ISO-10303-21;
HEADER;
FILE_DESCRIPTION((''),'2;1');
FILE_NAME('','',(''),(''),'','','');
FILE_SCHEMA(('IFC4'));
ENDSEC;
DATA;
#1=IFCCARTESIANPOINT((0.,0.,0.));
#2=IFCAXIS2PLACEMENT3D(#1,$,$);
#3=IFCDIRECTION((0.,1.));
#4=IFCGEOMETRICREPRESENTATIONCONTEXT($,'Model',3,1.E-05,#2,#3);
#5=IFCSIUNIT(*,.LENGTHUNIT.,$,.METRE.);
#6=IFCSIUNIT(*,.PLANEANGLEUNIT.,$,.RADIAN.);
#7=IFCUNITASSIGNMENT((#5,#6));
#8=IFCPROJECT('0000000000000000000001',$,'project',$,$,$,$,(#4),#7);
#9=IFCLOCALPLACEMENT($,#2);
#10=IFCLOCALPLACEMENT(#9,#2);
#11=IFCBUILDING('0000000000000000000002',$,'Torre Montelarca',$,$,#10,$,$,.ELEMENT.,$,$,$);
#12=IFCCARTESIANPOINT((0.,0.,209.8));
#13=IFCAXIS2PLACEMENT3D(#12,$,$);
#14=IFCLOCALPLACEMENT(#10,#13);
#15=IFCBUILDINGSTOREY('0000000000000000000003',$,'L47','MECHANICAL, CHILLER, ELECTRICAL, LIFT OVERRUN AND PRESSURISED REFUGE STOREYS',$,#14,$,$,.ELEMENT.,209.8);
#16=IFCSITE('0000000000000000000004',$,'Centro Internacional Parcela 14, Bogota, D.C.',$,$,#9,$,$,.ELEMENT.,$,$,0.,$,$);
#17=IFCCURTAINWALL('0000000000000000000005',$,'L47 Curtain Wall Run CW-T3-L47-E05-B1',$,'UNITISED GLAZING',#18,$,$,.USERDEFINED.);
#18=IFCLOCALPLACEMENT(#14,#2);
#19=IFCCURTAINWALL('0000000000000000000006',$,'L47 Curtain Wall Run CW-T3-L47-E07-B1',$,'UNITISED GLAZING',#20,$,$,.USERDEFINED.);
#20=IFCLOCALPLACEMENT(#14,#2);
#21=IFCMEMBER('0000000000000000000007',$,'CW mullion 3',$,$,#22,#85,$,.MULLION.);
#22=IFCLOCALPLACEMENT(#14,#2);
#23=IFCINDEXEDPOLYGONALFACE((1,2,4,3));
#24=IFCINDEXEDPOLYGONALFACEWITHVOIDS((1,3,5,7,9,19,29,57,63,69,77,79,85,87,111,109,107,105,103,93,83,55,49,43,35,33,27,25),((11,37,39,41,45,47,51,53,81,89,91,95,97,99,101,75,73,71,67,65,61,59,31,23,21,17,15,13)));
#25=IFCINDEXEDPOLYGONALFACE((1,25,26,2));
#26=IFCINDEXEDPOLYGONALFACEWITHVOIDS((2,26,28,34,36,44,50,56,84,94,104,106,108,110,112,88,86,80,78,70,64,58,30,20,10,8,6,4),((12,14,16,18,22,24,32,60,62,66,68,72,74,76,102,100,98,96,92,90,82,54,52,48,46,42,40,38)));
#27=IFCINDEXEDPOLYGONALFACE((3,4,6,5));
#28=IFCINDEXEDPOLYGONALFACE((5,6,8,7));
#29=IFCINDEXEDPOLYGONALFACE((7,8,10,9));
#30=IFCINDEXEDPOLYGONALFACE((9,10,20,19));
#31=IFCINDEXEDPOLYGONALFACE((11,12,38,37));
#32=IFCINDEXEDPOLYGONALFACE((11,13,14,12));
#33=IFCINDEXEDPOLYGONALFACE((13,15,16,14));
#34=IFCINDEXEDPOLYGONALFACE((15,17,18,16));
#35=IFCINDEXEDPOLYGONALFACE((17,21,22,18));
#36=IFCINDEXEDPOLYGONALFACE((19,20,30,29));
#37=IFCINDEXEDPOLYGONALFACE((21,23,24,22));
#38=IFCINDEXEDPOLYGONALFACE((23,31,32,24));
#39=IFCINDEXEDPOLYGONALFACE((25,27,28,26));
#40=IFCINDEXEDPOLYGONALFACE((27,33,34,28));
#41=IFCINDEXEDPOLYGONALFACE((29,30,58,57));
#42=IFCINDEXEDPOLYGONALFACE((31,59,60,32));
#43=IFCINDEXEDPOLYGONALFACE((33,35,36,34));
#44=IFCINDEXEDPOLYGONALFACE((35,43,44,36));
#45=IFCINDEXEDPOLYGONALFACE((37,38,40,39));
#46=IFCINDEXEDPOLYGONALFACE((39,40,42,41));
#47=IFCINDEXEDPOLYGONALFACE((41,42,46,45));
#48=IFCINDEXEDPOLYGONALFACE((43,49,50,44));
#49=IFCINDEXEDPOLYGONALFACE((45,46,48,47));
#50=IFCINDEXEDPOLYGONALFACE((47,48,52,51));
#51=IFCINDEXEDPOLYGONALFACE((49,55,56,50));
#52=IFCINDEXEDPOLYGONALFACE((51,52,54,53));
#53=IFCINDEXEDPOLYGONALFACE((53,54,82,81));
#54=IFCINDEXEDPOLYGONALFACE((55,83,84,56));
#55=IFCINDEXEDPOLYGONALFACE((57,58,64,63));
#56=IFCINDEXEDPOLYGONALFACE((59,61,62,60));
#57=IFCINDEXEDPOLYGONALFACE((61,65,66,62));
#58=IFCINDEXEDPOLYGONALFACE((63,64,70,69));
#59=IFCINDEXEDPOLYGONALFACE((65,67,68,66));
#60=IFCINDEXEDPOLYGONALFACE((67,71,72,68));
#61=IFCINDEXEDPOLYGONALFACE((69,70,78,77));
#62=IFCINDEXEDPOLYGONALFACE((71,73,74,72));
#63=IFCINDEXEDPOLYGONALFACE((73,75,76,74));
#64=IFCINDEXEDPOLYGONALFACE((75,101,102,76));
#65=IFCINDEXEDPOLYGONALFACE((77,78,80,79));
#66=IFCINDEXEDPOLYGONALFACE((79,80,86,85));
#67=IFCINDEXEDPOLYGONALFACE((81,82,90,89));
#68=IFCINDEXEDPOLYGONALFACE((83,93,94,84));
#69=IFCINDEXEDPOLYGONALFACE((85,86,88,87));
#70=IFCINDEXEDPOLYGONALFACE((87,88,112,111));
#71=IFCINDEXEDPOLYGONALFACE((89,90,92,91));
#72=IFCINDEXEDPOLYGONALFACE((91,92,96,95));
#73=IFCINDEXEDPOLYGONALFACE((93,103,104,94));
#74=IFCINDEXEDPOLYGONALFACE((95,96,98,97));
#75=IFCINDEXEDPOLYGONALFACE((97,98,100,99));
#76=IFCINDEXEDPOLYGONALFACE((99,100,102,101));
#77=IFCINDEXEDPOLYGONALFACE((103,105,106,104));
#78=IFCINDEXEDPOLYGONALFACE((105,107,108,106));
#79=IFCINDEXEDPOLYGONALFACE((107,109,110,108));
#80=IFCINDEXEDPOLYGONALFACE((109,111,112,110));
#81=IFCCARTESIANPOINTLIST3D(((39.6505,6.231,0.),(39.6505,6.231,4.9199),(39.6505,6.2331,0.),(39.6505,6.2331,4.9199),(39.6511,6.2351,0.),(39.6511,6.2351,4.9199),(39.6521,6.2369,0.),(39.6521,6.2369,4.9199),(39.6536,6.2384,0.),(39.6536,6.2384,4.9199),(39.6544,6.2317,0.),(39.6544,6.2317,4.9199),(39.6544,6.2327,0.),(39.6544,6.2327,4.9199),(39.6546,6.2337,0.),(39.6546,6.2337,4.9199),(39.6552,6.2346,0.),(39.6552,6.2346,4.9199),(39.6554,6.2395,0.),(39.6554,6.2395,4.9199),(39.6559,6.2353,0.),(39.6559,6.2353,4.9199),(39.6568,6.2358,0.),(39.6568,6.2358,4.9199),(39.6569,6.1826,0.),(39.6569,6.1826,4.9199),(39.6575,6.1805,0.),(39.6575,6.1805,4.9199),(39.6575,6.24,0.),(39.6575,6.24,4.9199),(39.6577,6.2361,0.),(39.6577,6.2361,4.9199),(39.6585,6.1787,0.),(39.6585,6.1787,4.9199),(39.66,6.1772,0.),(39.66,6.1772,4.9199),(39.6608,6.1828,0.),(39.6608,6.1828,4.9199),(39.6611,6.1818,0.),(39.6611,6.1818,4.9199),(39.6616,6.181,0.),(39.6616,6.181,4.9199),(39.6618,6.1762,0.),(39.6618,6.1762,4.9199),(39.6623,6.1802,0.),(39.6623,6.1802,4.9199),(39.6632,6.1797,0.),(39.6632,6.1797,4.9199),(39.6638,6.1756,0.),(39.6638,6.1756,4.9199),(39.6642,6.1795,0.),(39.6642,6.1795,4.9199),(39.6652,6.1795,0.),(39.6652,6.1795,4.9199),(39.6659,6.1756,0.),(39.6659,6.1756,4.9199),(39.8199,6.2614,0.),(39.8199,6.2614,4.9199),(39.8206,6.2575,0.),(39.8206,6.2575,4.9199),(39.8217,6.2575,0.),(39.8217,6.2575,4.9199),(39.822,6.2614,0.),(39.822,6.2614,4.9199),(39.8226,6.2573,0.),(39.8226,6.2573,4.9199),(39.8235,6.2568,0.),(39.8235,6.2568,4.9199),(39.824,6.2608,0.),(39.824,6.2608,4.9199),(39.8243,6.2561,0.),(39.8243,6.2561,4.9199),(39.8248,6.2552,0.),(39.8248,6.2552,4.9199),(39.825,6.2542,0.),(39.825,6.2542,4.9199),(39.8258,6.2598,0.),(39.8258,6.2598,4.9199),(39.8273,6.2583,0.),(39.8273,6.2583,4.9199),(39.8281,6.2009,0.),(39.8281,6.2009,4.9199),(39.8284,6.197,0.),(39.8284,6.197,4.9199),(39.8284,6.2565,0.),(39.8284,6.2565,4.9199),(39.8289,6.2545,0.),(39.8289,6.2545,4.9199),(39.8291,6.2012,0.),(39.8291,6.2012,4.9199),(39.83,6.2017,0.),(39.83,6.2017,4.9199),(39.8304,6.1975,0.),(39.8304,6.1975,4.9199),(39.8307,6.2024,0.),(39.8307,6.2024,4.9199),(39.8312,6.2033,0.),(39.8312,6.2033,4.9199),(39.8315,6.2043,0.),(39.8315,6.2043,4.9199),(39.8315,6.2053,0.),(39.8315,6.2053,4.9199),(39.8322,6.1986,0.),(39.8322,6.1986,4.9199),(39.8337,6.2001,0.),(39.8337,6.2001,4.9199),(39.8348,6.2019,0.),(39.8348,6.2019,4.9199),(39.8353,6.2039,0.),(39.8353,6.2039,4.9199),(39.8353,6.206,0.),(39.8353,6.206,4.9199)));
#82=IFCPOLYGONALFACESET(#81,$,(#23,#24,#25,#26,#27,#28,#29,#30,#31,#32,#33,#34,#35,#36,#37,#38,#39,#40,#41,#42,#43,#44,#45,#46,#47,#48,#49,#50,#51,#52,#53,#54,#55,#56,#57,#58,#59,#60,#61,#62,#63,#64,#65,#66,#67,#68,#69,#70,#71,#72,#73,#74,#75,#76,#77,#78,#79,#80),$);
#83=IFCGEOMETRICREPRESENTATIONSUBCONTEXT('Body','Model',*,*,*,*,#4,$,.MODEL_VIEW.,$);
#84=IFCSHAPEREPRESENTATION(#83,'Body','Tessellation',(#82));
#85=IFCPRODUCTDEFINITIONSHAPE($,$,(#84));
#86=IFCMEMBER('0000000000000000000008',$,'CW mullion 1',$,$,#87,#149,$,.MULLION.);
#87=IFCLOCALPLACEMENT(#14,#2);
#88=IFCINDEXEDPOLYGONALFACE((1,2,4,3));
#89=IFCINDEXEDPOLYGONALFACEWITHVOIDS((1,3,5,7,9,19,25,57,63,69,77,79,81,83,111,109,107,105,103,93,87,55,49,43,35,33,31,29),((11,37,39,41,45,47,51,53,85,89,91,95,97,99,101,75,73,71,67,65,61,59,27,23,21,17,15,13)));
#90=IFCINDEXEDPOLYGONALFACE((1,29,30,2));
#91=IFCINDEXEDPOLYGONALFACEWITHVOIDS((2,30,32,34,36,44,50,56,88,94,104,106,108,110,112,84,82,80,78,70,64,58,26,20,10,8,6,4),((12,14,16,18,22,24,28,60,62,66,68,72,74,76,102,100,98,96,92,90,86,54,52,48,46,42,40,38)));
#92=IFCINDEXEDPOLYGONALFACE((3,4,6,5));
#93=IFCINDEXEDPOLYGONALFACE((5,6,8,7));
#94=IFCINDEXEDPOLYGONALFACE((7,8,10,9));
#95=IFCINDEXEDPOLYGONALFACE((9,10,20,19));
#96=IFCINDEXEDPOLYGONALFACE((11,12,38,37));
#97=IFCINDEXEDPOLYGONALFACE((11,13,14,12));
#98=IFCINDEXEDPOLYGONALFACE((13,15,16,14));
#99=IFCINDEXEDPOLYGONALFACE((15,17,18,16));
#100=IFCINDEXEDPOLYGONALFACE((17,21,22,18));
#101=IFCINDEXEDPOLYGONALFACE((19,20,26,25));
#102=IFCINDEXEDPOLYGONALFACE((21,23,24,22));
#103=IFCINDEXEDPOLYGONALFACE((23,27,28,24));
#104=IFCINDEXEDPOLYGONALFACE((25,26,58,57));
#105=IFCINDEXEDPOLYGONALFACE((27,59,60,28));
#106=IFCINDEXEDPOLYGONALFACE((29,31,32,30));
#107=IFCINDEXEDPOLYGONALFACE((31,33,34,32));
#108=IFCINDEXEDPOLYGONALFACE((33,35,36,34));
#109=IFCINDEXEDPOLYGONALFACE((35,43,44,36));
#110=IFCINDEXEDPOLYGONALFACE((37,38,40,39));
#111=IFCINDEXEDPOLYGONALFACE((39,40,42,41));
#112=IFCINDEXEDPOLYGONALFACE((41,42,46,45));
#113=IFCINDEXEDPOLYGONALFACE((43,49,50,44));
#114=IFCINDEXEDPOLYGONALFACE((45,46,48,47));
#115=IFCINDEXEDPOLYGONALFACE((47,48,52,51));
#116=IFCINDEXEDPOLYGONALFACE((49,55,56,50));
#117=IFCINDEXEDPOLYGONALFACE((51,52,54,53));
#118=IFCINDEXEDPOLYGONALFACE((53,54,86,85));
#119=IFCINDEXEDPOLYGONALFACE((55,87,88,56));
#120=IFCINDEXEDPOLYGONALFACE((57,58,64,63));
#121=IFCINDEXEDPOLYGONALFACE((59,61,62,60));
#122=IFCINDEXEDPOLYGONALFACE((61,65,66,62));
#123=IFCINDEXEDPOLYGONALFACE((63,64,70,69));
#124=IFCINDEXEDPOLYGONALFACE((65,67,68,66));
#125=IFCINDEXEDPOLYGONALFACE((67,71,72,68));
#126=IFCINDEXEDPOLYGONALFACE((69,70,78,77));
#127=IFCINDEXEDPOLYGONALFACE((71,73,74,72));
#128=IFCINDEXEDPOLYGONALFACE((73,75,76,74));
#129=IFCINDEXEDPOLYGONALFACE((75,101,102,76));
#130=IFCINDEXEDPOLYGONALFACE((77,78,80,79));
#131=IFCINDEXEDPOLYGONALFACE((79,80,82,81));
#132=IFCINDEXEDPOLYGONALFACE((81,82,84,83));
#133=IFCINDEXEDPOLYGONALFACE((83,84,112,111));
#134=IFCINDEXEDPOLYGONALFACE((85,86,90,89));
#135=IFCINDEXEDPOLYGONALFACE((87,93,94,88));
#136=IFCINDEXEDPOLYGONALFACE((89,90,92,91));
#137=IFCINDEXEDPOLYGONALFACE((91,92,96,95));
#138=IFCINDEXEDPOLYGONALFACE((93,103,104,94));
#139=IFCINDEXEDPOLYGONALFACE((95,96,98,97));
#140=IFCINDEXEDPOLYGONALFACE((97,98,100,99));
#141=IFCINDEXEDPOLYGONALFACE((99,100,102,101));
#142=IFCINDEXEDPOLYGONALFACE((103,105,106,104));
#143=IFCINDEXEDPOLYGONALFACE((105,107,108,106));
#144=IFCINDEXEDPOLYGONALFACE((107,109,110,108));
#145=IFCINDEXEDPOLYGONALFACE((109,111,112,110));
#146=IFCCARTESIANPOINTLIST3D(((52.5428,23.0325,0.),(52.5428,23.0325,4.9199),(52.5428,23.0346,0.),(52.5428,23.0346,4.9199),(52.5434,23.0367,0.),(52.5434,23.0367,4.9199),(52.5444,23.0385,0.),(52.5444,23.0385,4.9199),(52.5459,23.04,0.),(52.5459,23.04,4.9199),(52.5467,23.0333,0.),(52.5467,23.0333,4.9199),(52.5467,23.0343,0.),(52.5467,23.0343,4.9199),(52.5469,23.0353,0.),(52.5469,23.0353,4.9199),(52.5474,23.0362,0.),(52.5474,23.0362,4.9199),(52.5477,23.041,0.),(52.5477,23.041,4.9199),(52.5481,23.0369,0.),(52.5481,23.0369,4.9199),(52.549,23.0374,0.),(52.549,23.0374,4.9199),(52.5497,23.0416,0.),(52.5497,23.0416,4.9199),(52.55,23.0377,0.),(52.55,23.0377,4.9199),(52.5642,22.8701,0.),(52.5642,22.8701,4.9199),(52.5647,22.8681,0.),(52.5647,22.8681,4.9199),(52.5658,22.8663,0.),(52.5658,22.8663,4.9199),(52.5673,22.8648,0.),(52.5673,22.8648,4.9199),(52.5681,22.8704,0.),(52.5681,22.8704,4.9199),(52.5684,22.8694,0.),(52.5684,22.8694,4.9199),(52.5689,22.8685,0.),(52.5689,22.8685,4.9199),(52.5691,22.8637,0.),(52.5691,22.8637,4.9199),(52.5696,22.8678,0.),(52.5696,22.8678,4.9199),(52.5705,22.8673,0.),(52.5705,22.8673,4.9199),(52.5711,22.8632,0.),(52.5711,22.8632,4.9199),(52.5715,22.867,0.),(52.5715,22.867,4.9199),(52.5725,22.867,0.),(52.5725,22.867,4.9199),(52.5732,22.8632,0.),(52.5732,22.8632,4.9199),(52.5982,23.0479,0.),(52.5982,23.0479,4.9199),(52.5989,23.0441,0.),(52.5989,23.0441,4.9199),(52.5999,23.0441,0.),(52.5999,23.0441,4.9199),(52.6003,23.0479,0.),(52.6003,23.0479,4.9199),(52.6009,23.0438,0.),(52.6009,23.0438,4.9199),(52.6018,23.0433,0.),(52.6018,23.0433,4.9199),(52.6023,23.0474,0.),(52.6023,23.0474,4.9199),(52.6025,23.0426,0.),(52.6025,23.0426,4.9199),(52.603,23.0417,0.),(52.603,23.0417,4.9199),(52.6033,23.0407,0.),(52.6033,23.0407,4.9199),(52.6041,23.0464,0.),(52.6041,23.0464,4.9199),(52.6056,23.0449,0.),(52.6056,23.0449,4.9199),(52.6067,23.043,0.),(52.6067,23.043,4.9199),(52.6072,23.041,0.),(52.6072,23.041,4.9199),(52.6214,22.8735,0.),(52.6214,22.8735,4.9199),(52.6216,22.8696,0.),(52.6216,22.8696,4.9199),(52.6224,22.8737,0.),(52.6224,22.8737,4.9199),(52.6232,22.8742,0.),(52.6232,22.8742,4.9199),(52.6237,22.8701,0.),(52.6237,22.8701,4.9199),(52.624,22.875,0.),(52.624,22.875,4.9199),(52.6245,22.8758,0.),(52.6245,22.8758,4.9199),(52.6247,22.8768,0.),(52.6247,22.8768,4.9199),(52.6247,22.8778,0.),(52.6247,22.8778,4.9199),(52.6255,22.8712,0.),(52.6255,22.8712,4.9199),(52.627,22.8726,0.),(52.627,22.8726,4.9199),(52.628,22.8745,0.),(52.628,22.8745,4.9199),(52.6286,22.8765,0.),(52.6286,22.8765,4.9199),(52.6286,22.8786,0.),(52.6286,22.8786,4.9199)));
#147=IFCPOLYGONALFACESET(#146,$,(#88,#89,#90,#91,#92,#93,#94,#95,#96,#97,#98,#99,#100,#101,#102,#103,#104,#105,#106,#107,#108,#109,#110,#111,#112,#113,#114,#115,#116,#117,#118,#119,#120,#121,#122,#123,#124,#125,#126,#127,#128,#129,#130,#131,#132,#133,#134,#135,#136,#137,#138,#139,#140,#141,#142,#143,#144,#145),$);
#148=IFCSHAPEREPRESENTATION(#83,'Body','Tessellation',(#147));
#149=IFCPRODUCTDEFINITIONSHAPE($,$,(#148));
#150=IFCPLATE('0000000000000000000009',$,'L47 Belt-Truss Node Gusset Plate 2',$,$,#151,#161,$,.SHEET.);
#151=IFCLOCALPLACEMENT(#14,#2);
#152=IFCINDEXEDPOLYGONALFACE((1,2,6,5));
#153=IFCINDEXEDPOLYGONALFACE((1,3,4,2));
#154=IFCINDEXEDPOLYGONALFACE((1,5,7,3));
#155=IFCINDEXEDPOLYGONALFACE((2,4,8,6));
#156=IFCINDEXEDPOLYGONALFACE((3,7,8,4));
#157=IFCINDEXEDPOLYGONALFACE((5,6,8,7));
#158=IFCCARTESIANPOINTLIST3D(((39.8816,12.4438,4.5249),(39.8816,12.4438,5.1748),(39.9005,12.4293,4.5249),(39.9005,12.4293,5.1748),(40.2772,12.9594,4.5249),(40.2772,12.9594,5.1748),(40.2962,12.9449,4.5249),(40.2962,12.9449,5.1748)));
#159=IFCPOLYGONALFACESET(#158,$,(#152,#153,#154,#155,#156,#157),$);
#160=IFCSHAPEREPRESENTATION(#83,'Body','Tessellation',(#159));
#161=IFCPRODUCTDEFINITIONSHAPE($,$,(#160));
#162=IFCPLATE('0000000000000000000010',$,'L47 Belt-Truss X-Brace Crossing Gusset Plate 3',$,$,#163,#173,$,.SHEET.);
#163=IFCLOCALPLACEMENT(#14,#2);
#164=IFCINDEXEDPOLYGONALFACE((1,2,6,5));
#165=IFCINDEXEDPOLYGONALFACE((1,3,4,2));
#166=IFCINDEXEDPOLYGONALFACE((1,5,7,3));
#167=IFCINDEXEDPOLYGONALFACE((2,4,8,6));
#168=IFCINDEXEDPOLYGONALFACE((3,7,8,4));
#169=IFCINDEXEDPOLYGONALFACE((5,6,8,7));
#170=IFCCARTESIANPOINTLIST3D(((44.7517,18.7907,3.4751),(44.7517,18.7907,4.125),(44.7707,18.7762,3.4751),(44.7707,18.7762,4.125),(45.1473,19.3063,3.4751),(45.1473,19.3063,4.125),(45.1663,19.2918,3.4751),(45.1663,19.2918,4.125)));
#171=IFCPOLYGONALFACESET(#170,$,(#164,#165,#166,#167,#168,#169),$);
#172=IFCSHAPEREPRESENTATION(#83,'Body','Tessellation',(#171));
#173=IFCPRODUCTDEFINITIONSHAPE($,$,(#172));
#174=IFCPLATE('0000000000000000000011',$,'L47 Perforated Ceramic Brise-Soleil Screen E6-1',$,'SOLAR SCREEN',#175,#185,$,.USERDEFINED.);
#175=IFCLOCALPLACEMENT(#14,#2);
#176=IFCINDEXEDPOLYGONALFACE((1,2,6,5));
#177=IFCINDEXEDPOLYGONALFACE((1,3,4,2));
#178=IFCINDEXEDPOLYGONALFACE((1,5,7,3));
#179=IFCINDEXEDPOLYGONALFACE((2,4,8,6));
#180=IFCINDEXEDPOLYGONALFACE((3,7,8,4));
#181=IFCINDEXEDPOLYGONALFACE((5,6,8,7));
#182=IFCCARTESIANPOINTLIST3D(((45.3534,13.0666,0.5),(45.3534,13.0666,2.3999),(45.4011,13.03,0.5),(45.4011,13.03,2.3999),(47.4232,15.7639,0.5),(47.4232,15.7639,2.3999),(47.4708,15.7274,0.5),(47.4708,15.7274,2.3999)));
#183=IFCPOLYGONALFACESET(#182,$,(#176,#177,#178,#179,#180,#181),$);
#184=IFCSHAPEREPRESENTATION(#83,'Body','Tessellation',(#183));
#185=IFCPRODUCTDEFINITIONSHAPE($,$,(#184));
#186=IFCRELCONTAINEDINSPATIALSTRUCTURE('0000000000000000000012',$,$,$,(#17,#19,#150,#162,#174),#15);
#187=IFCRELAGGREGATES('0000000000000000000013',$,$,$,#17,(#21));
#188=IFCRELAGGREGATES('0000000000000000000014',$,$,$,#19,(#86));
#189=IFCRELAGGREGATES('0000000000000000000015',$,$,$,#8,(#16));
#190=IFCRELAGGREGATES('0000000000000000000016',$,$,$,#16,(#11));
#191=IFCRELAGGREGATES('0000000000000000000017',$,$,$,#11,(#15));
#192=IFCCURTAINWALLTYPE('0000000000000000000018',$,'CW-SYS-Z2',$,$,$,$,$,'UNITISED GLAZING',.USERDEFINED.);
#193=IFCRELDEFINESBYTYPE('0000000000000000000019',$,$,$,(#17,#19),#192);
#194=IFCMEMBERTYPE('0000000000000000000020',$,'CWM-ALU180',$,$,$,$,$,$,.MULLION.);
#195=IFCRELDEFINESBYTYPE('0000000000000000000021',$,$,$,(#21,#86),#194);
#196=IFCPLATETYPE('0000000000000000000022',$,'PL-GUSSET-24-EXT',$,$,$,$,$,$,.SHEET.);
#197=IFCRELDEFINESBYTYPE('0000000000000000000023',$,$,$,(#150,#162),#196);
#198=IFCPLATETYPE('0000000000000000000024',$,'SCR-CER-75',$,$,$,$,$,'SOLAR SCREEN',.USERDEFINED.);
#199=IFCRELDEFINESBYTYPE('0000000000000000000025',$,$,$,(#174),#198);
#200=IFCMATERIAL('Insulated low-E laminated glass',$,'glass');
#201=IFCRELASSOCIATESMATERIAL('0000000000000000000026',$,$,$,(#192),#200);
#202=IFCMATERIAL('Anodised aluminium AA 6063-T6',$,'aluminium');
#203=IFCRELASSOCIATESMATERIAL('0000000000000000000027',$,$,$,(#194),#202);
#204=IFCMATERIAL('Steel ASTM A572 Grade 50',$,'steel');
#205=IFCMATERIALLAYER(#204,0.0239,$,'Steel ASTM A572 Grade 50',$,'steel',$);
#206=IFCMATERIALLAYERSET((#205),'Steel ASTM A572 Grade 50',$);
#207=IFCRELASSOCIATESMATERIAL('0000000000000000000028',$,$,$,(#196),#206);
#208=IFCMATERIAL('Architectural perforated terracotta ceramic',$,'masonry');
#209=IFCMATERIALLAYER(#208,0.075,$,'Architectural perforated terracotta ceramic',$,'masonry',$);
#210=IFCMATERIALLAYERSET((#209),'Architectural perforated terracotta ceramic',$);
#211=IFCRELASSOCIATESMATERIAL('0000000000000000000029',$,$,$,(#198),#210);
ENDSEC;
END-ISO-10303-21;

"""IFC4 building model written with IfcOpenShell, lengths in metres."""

from ifc_helpers import new_model, si_unit, direction, frame, origin, origin_2d, place, context, subcontext, project, spatial, rectangle, hollow_rectangle, extrude, source, transform, mapped, material, layer, layer_set, material_profile, profile_set, type_object, element, aggregate, save


model = new_model("IFC4")

# Units and contexts
model_context = context("Model", 3, precision=1e-05, world=origin(), true_north=direction((0.0, 1.0)))
body_context = subcontext(model_context, "Body", "Model", "MODEL_VIEW")
ifc_project = project(units=[si_unit("LENGTHUNIT", "METRE"), si_unit("PLANEANGLEUNIT", "RADIAN")], contexts=[model_context])

# Site, building, storey
site_placement = place(None, origin())
site = spatial("IfcSite", under=ifc_project, at=site_placement, Name="Centro Internacional Parcela 14, Bogota, D.C.", CompositionType="ELEMENT", RefElevation=0.0)
building_placement = place(site_placement, origin())
building = spatial("IfcBuilding", under=site, at=building_placement, Name="Torre Montelarca", CompositionType="ELEMENT")
storey_placement = place(building_placement, frame((0.0, 0.0, 209.8)))
storey = spatial("IfcBuildingStorey", under=building, at=storey_placement, Name="L47", Description="MECHANICAL, CHILLER, ELECTRICAL, LIFT OVERRUN AND PRESSURISED REFUGE STOREYS", CompositionType="ELEMENT", Elevation=209.8)

# Curtain walls
ifc_material_1 = material(Name="Insulated low-E laminated glass", Category="glass")
curtain_wall_type = type_object("IfcCurtainWallType", Name="CW-SYS-Z2", ElementType="UNITISED GLAZING", PredefinedType="USERDEFINED", material=ifc_material_1)
curtain_wall_1_placement = place(storey_placement, origin())
curtain_wall_1 = element("IfcCurtainWall", 1, at=curtain_wall_1_placement, inside=storey, type_object=curtain_wall_type, Name="L47 Curtain Wall Run CW-T3-L47-E05-B1", ObjectType="UNITISED GLAZING", PredefinedType="USERDEFINED")
ifc_material_2 = material(Name="Anodised aluminium AA 6063-T6", Category="aluminium")
curtain_wall_2_placement = place(storey_placement, origin())
curtain_wall_2 = element("IfcCurtainWall", 2, at=curtain_wall_2_placement, inside=storey, type_object=curtain_wall_type, Name="L47 Curtain Wall Run CW-T3-L47-E07-B1", ObjectType="UNITISED GLAZING", PredefinedType="USERDEFINED")

# Members
ifc_material_profile_1 = material_profile(ifc_material_2, hollow_rectangle(XDim=0.0649, YDim=0.1799, WallThickness=0.0039, InnerFilletRadius=0.0039, OuterFilletRadius=0.0081, at=origin_2d()), Name="ALU65X180X4", Category="aluminium")
ifc_profile_set_1 = profile_set([ifc_material_profile_1], Name="Anodised aluminium AA 6063-T6")
member_type_1 = type_object("IfcMemberType", Name="CWM-ALU180", PredefinedType="MULLION", material=ifc_profile_set_1)
shared_shape_1 = source(origin(), body_context, "Body", "SweptSolid", [
    extrude(hollow_rectangle(XDim=0.0649, YDim=0.1799, WallThickness=0.0039, InnerFilletRadius=0.0039, OuterFilletRadius=0.0081, at=origin_2d()), origin(), (0.0, 0.0, 1.0), 4.9199),
])
member_1_placement = place(storey_placement, frame((39.7429, 6.2185, 0.0), z_axis=(0.0, 0.0, 1.0), x_axis=(-0.130512, 0.991447, 0.0)))
member_1 = element("IfcMember", 3, at=member_1_placement, type_object=member_type_1, Name="CW mullion 3", PredefinedType="MULLION", context=body_context, shape_type="MappedRepresentation", body=[
    mapped(shared_shape_1, transform((0.0, 0.0, 0.0), scale=1.0)),
])
member_2_placement = place(storey_placement, frame((52.5857, 22.9556, 0.0), z_axis=(0.0, 0.0, 1.0), x_axis=(-0.991446, -0.130514, 0.0)))
member_2 = element("IfcMember", 4, at=member_2_placement, type_object=member_type_1, Name="CW mullion 1", PredefinedType="MULLION", context=body_context, shape_type="MappedRepresentation", body=[
    mapped(shared_shape_1, transform((0.0, 0.0, 0.0), scale=1.0)),
])

# Plates
ifc_material_3 = material(Name="Steel ASTM A572 Grade 50", Category="steel")
ifc_layer_1 = layer(ifc_material_3, 0.0239, Name="Steel ASTM A572 Grade 50", Category="steel")
ifc_layer_set_1 = layer_set([ifc_layer_1], Name="Steel ASTM A572 Grade 50")
plate_type_1 = type_object("IfcPlateType", Name="PL-GUSSET-24-EXT", PredefinedType="SHEET", material=ifc_layer_set_1)
shared_shape_2 = source(origin(), body_context, "Body", "SweptSolid", [
    extrude(rectangle(XDim=0.6499, YDim=0.0239, at=origin_2d()), origin(), (0.0, 0.0, 1.0), 0.6499),
])
for number, where, z_axis, x_axis, name in (
    (5, (40.0889, 12.6943, 4.5249), (0.0, 0.0, 1.0), (0.608761, 0.793353, 0.0), "L47 Belt-Truss Node Gusset Plate 2"),
    (6, (44.959, 19.0413, 3.4751), (0.0, 0.0, 1.0), (0.608761, 0.793353, 0.0), "L47 Belt-Truss X-Brace Crossing Gusset Plate 3"),
):
    element("IfcPlate", number, at=place(storey_placement, frame(where, z_axis=z_axis, x_axis=x_axis)), inside=storey, type_object=plate_type_1, Name=name, PredefinedType="SHEET", context=body_context, shape_type="MappedRepresentation", body=[
        mapped(shared_shape_2, transform((0.0, 0.0, 0.0), scale=1.0)),
    ])
ifc_material_4 = material(Name="Architectural perforated terracotta ceramic", Category="masonry")
ifc_layer_2 = layer(ifc_material_4, 0.075, Name="Architectural perforated terracotta ceramic", Category="masonry")
ifc_layer_set_2 = layer_set([ifc_layer_2], Name="Architectural perforated terracotta ceramic")
plate_type_2 = type_object("IfcPlateType", Name="SCR-CER-75", ElementType="SOLAR SCREEN", PredefinedType="USERDEFINED", material=ifc_layer_set_2)
shared_shape_3 = source(origin(), body_context, "Body", "SweptSolid", [
    extrude(rectangle(XDim=3.3999, YDim=0.0601, at=origin_2d()), origin(), (0.0, 0.0, 1.0), 1.8999),
])
plate_1_placement = place(storey_placement, frame((46.4121, 14.397, 0.5), z_axis=(0.0, 0.0, 1.0), x_axis=(0.608763, 0.793352, 0.0)))
element("IfcPlate", 7, at=plate_1_placement, inside=storey, type_object=plate_type_2, Name="L47 Perforated Ceramic Brise-Soleil Screen E6-1", ObjectType="SOLAR SCREEN", PredefinedType="USERDEFINED", context=body_context, shape_type="MappedRepresentation", body=[
    mapped(shared_shape_3, transform((0.0, 0.0, 0.0), scale=1.0)),
])

aggregate(curtain_wall_1, [member_1])
aggregate(curtain_wall_2, [member_2])

save(model, "model.ifc")
